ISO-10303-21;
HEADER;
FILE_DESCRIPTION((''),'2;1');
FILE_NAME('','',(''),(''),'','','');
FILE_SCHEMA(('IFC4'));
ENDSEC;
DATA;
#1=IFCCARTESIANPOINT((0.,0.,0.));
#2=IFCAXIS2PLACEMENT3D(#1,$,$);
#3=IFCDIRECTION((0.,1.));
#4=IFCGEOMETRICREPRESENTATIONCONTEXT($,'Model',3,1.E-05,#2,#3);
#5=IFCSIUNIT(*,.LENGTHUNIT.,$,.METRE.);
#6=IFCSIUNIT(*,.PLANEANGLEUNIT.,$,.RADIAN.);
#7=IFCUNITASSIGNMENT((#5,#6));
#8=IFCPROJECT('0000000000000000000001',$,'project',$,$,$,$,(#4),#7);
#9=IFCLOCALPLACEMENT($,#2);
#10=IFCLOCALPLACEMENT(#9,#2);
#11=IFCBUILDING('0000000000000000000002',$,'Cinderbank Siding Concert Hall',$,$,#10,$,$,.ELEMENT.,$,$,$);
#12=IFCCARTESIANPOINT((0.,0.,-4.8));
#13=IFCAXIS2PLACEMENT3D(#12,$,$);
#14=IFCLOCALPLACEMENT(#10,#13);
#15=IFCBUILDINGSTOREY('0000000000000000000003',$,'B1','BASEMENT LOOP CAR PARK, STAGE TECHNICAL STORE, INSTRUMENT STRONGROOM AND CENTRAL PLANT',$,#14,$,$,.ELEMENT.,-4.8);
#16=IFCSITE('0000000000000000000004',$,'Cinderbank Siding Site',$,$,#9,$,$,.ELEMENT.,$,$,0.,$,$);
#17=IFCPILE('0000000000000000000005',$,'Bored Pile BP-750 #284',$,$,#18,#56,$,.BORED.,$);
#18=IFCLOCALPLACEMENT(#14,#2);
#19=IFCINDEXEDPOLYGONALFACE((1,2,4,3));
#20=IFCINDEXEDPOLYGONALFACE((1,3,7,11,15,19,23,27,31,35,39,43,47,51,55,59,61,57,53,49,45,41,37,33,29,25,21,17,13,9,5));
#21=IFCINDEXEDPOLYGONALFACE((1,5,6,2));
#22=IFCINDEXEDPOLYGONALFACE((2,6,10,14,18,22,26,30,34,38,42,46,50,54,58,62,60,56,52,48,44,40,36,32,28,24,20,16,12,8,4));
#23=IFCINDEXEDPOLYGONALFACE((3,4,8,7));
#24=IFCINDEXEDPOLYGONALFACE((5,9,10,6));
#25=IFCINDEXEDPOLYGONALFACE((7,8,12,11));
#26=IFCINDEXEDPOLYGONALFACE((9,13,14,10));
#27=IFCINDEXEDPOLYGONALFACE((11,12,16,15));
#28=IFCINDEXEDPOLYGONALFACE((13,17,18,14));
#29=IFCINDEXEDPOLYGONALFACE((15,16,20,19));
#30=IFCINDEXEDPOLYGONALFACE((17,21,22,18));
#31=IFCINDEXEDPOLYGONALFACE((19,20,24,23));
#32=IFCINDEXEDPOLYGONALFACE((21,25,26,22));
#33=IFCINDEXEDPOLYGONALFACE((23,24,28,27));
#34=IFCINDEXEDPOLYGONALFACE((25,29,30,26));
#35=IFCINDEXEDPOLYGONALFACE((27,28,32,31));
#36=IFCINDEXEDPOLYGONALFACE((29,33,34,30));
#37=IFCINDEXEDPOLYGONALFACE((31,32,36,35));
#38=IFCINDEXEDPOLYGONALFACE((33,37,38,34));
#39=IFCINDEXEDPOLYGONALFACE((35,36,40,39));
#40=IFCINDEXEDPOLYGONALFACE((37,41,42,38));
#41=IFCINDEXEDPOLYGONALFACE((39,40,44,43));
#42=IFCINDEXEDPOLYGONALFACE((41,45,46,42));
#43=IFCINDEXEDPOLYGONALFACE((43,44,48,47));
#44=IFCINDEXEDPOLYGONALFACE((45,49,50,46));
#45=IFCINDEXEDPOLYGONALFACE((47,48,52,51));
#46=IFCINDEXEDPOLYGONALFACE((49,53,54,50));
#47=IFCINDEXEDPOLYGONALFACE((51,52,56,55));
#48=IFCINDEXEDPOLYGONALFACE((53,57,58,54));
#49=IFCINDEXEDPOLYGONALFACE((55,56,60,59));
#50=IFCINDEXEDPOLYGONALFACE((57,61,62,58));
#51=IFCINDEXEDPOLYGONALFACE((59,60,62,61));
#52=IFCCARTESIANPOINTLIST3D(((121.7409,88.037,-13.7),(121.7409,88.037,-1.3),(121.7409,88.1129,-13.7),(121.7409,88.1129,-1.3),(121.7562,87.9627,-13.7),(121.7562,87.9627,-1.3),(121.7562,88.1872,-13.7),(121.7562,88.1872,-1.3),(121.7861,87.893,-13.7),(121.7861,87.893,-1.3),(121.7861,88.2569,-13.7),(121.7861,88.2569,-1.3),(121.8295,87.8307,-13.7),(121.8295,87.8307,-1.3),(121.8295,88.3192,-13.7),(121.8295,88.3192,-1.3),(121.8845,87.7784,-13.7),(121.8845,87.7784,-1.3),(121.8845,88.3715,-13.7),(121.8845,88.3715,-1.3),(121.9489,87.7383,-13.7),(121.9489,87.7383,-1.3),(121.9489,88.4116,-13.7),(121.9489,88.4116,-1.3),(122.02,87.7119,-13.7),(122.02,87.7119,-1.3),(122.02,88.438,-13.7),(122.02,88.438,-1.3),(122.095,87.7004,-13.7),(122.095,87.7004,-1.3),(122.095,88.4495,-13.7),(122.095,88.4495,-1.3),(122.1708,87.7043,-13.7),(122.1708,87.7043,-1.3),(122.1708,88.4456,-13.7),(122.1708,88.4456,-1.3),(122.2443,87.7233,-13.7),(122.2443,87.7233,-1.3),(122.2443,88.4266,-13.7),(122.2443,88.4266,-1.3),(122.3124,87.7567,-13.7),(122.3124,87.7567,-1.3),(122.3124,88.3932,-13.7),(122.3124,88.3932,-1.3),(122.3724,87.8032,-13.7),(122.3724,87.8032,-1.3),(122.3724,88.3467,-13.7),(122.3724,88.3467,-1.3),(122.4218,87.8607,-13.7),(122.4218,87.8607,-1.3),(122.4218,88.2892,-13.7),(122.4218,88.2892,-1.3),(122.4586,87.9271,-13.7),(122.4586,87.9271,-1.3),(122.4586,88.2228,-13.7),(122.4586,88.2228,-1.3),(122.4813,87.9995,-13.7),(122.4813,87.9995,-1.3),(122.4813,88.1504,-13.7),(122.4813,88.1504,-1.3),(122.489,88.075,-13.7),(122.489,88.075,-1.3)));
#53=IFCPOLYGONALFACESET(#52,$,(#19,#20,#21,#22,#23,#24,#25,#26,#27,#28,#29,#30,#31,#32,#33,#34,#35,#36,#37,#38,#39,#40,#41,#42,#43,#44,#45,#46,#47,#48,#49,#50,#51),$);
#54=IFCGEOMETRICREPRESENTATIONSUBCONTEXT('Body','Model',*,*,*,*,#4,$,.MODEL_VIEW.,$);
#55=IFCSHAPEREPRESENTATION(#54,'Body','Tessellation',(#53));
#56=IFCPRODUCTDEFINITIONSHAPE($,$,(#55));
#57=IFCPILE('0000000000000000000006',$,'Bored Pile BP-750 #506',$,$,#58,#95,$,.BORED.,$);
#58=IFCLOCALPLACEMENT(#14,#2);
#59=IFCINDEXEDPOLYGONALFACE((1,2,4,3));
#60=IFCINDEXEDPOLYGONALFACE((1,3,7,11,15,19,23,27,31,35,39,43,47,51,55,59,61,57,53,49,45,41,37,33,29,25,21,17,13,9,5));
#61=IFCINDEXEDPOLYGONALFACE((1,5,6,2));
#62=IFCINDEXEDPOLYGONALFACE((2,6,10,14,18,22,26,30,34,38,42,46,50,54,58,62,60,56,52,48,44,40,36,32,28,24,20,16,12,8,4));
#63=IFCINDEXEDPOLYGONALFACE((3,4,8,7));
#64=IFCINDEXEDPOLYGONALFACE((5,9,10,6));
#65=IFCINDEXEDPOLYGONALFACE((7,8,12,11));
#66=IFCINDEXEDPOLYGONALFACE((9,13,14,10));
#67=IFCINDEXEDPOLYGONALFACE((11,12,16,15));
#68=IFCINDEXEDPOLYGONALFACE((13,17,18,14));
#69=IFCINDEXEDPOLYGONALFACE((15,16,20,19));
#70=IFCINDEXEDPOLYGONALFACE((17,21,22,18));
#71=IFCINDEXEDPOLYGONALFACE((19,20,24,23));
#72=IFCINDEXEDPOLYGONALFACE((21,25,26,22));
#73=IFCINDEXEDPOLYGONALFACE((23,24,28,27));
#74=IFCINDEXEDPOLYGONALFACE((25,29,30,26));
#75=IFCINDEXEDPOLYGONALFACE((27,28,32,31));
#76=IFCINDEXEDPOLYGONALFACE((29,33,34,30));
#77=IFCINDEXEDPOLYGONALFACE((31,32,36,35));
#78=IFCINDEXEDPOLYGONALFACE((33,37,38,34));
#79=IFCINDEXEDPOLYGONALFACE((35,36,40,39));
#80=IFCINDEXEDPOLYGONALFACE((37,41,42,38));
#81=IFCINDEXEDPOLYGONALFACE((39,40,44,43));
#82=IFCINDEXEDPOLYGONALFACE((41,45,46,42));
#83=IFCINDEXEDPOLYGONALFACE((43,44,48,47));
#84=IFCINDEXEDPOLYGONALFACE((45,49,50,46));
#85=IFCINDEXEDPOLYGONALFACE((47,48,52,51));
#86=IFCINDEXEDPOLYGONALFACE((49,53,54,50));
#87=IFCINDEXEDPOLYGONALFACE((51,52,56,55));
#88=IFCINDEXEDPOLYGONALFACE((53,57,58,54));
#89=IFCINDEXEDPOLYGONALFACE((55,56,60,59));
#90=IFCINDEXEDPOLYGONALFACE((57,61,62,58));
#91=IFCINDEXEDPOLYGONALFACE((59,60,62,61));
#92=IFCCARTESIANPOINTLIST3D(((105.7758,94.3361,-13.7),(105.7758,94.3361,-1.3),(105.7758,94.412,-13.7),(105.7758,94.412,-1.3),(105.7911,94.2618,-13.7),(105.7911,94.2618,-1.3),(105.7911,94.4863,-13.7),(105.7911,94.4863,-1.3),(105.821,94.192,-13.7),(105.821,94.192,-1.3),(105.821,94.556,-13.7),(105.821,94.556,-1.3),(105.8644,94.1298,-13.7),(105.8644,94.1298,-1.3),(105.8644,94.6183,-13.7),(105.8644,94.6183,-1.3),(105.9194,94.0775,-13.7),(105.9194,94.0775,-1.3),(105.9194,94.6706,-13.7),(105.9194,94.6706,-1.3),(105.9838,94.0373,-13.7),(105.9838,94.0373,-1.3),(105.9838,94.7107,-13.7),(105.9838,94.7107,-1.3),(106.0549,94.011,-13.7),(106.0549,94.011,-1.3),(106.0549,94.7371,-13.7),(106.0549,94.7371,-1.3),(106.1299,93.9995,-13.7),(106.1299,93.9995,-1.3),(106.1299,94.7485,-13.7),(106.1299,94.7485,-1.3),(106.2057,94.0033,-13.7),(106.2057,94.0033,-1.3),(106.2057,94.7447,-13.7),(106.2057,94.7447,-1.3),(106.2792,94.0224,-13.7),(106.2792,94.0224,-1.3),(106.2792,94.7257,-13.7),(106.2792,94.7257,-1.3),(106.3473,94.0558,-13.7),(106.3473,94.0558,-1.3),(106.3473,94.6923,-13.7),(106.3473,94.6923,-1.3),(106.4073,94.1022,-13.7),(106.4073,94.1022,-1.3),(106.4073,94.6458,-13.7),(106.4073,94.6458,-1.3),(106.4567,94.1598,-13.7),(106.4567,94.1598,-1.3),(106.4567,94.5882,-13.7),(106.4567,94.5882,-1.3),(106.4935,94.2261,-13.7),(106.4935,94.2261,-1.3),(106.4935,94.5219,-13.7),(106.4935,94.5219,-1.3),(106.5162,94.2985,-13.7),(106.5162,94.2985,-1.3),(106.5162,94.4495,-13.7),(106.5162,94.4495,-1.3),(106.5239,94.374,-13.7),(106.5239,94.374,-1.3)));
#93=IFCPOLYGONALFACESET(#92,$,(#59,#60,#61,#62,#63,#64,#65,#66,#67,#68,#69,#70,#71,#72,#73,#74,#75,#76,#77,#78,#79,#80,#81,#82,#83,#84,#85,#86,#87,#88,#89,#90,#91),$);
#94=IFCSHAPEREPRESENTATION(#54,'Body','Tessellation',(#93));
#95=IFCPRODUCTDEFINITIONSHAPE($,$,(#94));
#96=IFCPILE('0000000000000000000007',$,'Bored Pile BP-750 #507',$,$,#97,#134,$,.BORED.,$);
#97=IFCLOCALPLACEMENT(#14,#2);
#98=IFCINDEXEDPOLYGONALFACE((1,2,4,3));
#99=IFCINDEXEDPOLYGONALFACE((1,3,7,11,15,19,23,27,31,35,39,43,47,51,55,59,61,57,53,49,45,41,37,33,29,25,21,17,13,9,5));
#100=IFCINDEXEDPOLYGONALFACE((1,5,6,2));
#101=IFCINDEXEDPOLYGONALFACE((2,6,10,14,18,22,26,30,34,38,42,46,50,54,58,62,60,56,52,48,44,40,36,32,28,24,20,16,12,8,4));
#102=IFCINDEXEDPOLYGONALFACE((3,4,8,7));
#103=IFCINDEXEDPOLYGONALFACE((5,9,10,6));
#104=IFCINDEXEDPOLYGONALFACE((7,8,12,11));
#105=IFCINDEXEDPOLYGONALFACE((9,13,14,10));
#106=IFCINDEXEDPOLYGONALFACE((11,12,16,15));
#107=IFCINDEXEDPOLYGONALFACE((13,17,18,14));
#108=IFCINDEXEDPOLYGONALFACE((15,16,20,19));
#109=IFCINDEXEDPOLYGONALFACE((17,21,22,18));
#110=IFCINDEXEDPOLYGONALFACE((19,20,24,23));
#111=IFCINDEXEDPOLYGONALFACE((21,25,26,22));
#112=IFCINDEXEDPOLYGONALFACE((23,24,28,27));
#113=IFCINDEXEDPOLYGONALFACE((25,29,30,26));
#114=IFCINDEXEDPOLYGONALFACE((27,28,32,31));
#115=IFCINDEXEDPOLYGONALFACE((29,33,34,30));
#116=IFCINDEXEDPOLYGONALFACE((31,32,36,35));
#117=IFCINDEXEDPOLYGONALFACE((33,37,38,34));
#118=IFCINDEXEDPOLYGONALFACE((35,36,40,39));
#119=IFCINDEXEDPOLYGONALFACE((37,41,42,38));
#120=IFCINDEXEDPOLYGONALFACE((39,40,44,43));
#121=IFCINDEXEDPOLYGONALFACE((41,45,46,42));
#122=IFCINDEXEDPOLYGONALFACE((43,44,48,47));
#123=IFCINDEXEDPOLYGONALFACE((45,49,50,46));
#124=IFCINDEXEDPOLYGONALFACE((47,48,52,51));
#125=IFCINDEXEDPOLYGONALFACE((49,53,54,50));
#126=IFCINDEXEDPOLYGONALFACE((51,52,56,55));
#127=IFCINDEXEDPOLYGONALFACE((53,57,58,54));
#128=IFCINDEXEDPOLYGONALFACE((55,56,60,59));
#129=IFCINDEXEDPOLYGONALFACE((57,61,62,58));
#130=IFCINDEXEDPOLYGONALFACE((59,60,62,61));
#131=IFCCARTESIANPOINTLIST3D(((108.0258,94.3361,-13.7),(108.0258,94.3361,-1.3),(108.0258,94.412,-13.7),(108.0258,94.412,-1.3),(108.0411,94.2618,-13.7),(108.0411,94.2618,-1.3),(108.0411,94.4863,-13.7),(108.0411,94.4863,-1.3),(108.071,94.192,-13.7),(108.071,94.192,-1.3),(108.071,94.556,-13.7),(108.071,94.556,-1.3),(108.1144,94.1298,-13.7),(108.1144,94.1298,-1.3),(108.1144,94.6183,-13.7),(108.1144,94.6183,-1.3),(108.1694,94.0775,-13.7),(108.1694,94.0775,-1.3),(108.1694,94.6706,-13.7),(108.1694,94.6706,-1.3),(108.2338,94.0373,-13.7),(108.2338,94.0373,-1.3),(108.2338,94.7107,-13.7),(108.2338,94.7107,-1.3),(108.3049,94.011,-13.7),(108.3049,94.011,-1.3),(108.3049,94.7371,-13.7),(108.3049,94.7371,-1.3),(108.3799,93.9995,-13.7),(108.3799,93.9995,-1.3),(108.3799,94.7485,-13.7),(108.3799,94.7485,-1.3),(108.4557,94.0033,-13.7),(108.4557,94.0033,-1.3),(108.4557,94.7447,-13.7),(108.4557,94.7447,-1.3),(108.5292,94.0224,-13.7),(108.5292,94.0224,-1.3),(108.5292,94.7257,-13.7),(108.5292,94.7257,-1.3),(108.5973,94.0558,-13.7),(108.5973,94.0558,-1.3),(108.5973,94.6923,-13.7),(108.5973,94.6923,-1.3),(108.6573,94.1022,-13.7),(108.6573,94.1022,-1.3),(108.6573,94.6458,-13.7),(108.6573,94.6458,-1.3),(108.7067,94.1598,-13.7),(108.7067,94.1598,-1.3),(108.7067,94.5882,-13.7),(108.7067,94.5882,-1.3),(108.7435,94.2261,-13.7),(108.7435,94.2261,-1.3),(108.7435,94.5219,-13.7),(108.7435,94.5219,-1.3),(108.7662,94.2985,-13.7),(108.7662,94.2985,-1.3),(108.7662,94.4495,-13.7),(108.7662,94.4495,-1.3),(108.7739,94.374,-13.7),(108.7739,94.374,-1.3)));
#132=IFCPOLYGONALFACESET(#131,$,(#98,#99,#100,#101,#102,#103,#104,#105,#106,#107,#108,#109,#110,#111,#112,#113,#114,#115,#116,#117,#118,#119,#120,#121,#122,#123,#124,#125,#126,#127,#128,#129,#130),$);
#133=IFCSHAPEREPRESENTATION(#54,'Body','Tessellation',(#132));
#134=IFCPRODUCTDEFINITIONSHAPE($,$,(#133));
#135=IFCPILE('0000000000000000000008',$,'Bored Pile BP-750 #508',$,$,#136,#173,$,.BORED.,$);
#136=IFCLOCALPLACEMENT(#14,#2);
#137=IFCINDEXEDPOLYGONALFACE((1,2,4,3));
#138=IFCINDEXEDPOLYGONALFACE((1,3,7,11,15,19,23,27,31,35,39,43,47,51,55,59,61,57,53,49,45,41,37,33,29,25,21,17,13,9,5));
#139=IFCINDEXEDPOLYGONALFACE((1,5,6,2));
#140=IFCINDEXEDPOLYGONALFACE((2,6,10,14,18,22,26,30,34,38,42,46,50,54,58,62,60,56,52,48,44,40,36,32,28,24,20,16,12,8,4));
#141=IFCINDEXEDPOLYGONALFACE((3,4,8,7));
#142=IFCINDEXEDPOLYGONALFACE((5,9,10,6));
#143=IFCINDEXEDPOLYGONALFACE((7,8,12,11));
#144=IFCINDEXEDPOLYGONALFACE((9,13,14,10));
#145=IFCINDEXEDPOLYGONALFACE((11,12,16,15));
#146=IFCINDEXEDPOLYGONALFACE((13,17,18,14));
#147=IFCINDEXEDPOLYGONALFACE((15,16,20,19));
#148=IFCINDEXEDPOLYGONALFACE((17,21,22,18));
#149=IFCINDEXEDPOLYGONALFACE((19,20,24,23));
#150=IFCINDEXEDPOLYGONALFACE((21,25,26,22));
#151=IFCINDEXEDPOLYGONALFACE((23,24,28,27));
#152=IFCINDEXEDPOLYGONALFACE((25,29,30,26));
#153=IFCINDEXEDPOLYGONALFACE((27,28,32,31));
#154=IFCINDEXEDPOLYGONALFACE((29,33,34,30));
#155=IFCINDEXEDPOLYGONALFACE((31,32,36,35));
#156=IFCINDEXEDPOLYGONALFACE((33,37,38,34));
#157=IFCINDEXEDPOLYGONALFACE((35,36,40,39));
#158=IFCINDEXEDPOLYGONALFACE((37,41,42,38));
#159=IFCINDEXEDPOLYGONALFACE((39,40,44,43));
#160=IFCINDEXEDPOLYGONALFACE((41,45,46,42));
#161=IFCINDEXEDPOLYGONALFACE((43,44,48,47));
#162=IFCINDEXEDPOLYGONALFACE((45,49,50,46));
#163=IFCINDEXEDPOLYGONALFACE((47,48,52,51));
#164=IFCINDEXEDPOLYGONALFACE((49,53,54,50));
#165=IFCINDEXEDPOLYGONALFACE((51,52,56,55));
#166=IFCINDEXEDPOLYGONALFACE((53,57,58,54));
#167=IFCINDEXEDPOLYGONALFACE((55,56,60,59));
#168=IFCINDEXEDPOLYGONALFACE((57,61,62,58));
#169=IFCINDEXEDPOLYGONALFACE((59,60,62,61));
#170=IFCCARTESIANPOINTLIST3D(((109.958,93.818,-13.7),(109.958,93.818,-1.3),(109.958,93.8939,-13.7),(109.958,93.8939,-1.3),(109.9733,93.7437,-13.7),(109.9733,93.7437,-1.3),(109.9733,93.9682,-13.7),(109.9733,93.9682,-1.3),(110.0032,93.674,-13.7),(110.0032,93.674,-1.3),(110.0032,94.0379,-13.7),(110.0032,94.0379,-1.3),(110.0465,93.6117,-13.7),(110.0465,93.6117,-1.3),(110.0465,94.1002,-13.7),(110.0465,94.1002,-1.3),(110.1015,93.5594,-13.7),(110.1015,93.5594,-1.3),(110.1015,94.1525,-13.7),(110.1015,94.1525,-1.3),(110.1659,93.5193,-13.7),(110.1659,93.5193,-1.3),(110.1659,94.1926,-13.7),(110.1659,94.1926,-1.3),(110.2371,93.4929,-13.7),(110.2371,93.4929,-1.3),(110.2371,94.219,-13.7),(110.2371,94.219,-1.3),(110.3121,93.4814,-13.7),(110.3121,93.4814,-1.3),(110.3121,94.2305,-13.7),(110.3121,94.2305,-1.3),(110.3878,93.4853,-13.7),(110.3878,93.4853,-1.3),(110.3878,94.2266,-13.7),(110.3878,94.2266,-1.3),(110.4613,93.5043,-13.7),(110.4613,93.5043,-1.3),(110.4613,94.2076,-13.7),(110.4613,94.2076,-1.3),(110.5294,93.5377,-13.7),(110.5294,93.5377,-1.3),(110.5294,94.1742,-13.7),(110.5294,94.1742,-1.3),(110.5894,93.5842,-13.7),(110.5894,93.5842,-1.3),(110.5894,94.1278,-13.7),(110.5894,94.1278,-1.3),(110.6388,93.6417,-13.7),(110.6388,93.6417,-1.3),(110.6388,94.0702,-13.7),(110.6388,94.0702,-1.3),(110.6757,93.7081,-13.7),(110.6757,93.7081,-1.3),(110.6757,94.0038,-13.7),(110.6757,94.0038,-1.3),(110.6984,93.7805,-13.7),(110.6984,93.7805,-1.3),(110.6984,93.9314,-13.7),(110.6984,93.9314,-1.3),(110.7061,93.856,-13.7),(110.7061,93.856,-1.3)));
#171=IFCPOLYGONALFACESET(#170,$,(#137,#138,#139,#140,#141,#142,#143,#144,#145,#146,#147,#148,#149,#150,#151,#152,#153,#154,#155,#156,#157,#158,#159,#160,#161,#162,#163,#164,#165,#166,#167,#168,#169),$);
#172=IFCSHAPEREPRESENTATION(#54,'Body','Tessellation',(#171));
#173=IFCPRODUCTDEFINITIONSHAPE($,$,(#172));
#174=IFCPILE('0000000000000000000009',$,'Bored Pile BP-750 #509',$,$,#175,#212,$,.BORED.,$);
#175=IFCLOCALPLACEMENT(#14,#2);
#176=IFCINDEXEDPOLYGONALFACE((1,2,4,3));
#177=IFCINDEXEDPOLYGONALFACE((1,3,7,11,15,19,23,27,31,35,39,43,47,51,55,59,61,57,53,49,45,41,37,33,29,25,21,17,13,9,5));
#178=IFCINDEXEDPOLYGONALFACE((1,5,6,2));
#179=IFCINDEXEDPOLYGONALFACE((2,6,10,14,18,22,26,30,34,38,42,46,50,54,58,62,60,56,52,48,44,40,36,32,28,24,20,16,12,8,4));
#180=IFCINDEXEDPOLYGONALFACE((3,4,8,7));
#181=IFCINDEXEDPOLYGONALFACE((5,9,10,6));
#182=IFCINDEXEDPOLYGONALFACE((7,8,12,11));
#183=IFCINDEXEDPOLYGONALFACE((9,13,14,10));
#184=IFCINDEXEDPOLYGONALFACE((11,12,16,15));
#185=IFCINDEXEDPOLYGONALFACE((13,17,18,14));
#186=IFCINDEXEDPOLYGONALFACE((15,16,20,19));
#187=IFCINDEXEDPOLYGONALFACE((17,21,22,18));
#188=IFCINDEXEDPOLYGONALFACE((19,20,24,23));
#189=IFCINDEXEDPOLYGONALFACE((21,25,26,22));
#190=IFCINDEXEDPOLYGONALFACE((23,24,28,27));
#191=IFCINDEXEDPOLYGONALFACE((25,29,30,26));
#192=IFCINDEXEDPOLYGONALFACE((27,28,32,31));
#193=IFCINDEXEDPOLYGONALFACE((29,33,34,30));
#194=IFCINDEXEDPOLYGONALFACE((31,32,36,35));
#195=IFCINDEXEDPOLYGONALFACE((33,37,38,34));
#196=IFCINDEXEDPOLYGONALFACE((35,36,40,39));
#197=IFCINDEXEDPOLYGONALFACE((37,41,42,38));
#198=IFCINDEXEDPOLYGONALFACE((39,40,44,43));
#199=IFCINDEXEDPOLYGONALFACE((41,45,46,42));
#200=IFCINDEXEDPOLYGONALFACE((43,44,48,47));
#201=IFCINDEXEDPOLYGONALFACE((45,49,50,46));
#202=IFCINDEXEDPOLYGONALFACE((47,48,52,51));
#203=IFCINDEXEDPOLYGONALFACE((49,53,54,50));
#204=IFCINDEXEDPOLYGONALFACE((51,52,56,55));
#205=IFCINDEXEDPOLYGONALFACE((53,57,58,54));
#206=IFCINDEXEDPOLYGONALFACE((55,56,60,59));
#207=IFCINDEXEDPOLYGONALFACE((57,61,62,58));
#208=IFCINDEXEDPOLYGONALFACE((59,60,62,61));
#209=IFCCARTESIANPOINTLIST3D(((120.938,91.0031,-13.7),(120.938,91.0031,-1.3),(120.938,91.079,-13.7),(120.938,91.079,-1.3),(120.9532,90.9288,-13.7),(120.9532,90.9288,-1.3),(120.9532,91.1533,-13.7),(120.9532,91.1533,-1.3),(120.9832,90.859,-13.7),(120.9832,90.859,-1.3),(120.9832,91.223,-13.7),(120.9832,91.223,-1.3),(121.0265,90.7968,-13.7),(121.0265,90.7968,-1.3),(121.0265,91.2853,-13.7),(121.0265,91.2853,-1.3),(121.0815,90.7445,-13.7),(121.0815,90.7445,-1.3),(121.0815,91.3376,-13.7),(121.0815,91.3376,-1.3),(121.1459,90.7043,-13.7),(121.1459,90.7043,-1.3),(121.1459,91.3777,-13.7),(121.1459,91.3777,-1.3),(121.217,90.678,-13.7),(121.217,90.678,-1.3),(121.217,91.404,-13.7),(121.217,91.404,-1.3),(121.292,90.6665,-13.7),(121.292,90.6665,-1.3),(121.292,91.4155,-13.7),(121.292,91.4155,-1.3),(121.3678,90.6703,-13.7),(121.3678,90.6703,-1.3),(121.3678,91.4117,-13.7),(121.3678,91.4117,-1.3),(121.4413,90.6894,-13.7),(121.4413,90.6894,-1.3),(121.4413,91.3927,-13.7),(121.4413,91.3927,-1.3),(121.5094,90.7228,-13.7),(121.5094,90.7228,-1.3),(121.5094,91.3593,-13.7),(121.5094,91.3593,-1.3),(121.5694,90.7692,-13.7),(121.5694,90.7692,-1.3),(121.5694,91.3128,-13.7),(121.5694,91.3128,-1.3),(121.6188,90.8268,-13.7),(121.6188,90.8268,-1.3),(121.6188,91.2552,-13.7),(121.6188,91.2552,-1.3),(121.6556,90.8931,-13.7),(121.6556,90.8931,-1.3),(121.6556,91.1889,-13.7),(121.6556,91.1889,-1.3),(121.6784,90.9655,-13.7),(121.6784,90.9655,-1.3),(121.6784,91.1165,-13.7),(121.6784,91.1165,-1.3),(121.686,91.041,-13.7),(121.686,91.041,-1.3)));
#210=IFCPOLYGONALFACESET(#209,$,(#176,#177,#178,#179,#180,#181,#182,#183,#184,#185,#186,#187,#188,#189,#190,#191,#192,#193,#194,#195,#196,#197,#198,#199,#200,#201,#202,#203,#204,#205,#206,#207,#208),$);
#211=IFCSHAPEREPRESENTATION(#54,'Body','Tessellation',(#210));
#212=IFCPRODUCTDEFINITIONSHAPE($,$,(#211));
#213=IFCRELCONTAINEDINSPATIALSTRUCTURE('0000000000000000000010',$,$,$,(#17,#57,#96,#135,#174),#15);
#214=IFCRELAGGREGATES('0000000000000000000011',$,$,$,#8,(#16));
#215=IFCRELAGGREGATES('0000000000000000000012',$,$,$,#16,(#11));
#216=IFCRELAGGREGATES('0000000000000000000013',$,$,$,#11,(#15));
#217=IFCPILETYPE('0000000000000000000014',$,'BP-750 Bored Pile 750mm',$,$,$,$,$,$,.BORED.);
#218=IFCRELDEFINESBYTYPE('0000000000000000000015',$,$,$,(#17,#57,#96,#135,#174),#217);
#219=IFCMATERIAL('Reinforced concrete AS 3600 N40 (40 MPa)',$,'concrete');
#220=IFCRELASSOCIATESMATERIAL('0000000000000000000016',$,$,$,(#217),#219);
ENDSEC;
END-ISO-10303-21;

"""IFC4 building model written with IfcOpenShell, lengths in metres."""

from ifc_helpers import new_model, si_unit, direction, frame, origin, origin_2d, place, context, subcontext, project, spatial, circle, extrude, material, material_profile, profile_set, type_object, element, save


model = new_model("IFC4")

# Units and contexts
model_context = context("Model", 3, precision=1e-05, world=origin(), true_north=direction((0.0, 1.0)))
body_context = subcontext(model_context, "Body", "Model", "MODEL_VIEW")
ifc_project = project(units=[si_unit("LENGTHUNIT", "METRE"), si_unit("PLANEANGLEUNIT", "RADIAN")], contexts=[model_context])

# Site, building, storey
site_placement = place(None, origin())
site = spatial("IfcSite", under=ifc_project, at=site_placement, Name="Cinderbank Siding Site", CompositionType="ELEMENT", RefElevation=0.0)
building_placement = place(site_placement, origin())
building = spatial("IfcBuilding", under=site, at=building_placement, Name="Cinderbank Siding Concert Hall", CompositionType="ELEMENT")
storey_placement = place(building_placement, frame((0.0, 0.0, -4.8)))
storey = spatial("IfcBuildingStorey", under=building, at=storey_placement, Name="B1", Description="BASEMENT LOOP CAR PARK, STAGE TECHNICAL STORE, INSTRUMENT STRONGROOM AND CENTRAL PLANT", CompositionType="ELEMENT", Elevation=-4.8)

# Piles
ifc_material_1 = material(Name="Reinforced concrete AS 3600 N40 (40 MPa)", Category="concrete")
ifc_material_profile_1 = material_profile(ifc_material_1, circle(Radius=0.375, at=origin_2d()), Name="PILE-750DIA", Category="LoadBearing")
ifc_profile_set_1 = profile_set([ifc_material_profile_1], Name="Reinforced concrete AS 3600 N40 (40 MPa)")
pile_type_1 = type_object("IfcPileType", Name="BP-750 Bored Pile 750mm", PredefinedType="BORED", material=ifc_profile_set_1)
for number, where, z_axis, x_axis, name in (
    (1, (122.114, 88.075, -1.3), (0.0, 0.0, -1.0), (1.0, 0.0, 0.0), "Bored Pile BP-750 #284"),
    (2, (106.1489, 94.374, -1.3), (0.0, 0.0, -1.0), (1.0, 0.0, 0.0), "Bored Pile BP-750 #506"),
    (3, (108.3989, 94.374, -1.3), (0.0, 0.0, -1.0), (1.0, 0.0, 0.0), "Bored Pile BP-750 #507"),
    (4, (110.3311, 93.856, -1.3), (0.0, 0.0, -1.0), (1.0, 0.0, 0.0), "Bored Pile BP-750 #508"),
    (5, (121.311, 91.041, -1.3), (0.0, 0.0, -1.0), (1.0, 0.0, 0.0), "Bored Pile BP-750 #509"),
):
    element("IfcPile", number, at=place(storey_placement, frame(where, z_axis=z_axis, x_axis=x_axis)), inside=storey, type_object=pile_type_1, Name=name, PredefinedType="BORED", context=body_context, shape_type="SweptSolid", body=[
        extrude(circle(Radius=0.375, at=origin_2d()), origin(), (0.0, 0.0, 1.0), 12.3999),
    ])

save(model, "model.ifc")
